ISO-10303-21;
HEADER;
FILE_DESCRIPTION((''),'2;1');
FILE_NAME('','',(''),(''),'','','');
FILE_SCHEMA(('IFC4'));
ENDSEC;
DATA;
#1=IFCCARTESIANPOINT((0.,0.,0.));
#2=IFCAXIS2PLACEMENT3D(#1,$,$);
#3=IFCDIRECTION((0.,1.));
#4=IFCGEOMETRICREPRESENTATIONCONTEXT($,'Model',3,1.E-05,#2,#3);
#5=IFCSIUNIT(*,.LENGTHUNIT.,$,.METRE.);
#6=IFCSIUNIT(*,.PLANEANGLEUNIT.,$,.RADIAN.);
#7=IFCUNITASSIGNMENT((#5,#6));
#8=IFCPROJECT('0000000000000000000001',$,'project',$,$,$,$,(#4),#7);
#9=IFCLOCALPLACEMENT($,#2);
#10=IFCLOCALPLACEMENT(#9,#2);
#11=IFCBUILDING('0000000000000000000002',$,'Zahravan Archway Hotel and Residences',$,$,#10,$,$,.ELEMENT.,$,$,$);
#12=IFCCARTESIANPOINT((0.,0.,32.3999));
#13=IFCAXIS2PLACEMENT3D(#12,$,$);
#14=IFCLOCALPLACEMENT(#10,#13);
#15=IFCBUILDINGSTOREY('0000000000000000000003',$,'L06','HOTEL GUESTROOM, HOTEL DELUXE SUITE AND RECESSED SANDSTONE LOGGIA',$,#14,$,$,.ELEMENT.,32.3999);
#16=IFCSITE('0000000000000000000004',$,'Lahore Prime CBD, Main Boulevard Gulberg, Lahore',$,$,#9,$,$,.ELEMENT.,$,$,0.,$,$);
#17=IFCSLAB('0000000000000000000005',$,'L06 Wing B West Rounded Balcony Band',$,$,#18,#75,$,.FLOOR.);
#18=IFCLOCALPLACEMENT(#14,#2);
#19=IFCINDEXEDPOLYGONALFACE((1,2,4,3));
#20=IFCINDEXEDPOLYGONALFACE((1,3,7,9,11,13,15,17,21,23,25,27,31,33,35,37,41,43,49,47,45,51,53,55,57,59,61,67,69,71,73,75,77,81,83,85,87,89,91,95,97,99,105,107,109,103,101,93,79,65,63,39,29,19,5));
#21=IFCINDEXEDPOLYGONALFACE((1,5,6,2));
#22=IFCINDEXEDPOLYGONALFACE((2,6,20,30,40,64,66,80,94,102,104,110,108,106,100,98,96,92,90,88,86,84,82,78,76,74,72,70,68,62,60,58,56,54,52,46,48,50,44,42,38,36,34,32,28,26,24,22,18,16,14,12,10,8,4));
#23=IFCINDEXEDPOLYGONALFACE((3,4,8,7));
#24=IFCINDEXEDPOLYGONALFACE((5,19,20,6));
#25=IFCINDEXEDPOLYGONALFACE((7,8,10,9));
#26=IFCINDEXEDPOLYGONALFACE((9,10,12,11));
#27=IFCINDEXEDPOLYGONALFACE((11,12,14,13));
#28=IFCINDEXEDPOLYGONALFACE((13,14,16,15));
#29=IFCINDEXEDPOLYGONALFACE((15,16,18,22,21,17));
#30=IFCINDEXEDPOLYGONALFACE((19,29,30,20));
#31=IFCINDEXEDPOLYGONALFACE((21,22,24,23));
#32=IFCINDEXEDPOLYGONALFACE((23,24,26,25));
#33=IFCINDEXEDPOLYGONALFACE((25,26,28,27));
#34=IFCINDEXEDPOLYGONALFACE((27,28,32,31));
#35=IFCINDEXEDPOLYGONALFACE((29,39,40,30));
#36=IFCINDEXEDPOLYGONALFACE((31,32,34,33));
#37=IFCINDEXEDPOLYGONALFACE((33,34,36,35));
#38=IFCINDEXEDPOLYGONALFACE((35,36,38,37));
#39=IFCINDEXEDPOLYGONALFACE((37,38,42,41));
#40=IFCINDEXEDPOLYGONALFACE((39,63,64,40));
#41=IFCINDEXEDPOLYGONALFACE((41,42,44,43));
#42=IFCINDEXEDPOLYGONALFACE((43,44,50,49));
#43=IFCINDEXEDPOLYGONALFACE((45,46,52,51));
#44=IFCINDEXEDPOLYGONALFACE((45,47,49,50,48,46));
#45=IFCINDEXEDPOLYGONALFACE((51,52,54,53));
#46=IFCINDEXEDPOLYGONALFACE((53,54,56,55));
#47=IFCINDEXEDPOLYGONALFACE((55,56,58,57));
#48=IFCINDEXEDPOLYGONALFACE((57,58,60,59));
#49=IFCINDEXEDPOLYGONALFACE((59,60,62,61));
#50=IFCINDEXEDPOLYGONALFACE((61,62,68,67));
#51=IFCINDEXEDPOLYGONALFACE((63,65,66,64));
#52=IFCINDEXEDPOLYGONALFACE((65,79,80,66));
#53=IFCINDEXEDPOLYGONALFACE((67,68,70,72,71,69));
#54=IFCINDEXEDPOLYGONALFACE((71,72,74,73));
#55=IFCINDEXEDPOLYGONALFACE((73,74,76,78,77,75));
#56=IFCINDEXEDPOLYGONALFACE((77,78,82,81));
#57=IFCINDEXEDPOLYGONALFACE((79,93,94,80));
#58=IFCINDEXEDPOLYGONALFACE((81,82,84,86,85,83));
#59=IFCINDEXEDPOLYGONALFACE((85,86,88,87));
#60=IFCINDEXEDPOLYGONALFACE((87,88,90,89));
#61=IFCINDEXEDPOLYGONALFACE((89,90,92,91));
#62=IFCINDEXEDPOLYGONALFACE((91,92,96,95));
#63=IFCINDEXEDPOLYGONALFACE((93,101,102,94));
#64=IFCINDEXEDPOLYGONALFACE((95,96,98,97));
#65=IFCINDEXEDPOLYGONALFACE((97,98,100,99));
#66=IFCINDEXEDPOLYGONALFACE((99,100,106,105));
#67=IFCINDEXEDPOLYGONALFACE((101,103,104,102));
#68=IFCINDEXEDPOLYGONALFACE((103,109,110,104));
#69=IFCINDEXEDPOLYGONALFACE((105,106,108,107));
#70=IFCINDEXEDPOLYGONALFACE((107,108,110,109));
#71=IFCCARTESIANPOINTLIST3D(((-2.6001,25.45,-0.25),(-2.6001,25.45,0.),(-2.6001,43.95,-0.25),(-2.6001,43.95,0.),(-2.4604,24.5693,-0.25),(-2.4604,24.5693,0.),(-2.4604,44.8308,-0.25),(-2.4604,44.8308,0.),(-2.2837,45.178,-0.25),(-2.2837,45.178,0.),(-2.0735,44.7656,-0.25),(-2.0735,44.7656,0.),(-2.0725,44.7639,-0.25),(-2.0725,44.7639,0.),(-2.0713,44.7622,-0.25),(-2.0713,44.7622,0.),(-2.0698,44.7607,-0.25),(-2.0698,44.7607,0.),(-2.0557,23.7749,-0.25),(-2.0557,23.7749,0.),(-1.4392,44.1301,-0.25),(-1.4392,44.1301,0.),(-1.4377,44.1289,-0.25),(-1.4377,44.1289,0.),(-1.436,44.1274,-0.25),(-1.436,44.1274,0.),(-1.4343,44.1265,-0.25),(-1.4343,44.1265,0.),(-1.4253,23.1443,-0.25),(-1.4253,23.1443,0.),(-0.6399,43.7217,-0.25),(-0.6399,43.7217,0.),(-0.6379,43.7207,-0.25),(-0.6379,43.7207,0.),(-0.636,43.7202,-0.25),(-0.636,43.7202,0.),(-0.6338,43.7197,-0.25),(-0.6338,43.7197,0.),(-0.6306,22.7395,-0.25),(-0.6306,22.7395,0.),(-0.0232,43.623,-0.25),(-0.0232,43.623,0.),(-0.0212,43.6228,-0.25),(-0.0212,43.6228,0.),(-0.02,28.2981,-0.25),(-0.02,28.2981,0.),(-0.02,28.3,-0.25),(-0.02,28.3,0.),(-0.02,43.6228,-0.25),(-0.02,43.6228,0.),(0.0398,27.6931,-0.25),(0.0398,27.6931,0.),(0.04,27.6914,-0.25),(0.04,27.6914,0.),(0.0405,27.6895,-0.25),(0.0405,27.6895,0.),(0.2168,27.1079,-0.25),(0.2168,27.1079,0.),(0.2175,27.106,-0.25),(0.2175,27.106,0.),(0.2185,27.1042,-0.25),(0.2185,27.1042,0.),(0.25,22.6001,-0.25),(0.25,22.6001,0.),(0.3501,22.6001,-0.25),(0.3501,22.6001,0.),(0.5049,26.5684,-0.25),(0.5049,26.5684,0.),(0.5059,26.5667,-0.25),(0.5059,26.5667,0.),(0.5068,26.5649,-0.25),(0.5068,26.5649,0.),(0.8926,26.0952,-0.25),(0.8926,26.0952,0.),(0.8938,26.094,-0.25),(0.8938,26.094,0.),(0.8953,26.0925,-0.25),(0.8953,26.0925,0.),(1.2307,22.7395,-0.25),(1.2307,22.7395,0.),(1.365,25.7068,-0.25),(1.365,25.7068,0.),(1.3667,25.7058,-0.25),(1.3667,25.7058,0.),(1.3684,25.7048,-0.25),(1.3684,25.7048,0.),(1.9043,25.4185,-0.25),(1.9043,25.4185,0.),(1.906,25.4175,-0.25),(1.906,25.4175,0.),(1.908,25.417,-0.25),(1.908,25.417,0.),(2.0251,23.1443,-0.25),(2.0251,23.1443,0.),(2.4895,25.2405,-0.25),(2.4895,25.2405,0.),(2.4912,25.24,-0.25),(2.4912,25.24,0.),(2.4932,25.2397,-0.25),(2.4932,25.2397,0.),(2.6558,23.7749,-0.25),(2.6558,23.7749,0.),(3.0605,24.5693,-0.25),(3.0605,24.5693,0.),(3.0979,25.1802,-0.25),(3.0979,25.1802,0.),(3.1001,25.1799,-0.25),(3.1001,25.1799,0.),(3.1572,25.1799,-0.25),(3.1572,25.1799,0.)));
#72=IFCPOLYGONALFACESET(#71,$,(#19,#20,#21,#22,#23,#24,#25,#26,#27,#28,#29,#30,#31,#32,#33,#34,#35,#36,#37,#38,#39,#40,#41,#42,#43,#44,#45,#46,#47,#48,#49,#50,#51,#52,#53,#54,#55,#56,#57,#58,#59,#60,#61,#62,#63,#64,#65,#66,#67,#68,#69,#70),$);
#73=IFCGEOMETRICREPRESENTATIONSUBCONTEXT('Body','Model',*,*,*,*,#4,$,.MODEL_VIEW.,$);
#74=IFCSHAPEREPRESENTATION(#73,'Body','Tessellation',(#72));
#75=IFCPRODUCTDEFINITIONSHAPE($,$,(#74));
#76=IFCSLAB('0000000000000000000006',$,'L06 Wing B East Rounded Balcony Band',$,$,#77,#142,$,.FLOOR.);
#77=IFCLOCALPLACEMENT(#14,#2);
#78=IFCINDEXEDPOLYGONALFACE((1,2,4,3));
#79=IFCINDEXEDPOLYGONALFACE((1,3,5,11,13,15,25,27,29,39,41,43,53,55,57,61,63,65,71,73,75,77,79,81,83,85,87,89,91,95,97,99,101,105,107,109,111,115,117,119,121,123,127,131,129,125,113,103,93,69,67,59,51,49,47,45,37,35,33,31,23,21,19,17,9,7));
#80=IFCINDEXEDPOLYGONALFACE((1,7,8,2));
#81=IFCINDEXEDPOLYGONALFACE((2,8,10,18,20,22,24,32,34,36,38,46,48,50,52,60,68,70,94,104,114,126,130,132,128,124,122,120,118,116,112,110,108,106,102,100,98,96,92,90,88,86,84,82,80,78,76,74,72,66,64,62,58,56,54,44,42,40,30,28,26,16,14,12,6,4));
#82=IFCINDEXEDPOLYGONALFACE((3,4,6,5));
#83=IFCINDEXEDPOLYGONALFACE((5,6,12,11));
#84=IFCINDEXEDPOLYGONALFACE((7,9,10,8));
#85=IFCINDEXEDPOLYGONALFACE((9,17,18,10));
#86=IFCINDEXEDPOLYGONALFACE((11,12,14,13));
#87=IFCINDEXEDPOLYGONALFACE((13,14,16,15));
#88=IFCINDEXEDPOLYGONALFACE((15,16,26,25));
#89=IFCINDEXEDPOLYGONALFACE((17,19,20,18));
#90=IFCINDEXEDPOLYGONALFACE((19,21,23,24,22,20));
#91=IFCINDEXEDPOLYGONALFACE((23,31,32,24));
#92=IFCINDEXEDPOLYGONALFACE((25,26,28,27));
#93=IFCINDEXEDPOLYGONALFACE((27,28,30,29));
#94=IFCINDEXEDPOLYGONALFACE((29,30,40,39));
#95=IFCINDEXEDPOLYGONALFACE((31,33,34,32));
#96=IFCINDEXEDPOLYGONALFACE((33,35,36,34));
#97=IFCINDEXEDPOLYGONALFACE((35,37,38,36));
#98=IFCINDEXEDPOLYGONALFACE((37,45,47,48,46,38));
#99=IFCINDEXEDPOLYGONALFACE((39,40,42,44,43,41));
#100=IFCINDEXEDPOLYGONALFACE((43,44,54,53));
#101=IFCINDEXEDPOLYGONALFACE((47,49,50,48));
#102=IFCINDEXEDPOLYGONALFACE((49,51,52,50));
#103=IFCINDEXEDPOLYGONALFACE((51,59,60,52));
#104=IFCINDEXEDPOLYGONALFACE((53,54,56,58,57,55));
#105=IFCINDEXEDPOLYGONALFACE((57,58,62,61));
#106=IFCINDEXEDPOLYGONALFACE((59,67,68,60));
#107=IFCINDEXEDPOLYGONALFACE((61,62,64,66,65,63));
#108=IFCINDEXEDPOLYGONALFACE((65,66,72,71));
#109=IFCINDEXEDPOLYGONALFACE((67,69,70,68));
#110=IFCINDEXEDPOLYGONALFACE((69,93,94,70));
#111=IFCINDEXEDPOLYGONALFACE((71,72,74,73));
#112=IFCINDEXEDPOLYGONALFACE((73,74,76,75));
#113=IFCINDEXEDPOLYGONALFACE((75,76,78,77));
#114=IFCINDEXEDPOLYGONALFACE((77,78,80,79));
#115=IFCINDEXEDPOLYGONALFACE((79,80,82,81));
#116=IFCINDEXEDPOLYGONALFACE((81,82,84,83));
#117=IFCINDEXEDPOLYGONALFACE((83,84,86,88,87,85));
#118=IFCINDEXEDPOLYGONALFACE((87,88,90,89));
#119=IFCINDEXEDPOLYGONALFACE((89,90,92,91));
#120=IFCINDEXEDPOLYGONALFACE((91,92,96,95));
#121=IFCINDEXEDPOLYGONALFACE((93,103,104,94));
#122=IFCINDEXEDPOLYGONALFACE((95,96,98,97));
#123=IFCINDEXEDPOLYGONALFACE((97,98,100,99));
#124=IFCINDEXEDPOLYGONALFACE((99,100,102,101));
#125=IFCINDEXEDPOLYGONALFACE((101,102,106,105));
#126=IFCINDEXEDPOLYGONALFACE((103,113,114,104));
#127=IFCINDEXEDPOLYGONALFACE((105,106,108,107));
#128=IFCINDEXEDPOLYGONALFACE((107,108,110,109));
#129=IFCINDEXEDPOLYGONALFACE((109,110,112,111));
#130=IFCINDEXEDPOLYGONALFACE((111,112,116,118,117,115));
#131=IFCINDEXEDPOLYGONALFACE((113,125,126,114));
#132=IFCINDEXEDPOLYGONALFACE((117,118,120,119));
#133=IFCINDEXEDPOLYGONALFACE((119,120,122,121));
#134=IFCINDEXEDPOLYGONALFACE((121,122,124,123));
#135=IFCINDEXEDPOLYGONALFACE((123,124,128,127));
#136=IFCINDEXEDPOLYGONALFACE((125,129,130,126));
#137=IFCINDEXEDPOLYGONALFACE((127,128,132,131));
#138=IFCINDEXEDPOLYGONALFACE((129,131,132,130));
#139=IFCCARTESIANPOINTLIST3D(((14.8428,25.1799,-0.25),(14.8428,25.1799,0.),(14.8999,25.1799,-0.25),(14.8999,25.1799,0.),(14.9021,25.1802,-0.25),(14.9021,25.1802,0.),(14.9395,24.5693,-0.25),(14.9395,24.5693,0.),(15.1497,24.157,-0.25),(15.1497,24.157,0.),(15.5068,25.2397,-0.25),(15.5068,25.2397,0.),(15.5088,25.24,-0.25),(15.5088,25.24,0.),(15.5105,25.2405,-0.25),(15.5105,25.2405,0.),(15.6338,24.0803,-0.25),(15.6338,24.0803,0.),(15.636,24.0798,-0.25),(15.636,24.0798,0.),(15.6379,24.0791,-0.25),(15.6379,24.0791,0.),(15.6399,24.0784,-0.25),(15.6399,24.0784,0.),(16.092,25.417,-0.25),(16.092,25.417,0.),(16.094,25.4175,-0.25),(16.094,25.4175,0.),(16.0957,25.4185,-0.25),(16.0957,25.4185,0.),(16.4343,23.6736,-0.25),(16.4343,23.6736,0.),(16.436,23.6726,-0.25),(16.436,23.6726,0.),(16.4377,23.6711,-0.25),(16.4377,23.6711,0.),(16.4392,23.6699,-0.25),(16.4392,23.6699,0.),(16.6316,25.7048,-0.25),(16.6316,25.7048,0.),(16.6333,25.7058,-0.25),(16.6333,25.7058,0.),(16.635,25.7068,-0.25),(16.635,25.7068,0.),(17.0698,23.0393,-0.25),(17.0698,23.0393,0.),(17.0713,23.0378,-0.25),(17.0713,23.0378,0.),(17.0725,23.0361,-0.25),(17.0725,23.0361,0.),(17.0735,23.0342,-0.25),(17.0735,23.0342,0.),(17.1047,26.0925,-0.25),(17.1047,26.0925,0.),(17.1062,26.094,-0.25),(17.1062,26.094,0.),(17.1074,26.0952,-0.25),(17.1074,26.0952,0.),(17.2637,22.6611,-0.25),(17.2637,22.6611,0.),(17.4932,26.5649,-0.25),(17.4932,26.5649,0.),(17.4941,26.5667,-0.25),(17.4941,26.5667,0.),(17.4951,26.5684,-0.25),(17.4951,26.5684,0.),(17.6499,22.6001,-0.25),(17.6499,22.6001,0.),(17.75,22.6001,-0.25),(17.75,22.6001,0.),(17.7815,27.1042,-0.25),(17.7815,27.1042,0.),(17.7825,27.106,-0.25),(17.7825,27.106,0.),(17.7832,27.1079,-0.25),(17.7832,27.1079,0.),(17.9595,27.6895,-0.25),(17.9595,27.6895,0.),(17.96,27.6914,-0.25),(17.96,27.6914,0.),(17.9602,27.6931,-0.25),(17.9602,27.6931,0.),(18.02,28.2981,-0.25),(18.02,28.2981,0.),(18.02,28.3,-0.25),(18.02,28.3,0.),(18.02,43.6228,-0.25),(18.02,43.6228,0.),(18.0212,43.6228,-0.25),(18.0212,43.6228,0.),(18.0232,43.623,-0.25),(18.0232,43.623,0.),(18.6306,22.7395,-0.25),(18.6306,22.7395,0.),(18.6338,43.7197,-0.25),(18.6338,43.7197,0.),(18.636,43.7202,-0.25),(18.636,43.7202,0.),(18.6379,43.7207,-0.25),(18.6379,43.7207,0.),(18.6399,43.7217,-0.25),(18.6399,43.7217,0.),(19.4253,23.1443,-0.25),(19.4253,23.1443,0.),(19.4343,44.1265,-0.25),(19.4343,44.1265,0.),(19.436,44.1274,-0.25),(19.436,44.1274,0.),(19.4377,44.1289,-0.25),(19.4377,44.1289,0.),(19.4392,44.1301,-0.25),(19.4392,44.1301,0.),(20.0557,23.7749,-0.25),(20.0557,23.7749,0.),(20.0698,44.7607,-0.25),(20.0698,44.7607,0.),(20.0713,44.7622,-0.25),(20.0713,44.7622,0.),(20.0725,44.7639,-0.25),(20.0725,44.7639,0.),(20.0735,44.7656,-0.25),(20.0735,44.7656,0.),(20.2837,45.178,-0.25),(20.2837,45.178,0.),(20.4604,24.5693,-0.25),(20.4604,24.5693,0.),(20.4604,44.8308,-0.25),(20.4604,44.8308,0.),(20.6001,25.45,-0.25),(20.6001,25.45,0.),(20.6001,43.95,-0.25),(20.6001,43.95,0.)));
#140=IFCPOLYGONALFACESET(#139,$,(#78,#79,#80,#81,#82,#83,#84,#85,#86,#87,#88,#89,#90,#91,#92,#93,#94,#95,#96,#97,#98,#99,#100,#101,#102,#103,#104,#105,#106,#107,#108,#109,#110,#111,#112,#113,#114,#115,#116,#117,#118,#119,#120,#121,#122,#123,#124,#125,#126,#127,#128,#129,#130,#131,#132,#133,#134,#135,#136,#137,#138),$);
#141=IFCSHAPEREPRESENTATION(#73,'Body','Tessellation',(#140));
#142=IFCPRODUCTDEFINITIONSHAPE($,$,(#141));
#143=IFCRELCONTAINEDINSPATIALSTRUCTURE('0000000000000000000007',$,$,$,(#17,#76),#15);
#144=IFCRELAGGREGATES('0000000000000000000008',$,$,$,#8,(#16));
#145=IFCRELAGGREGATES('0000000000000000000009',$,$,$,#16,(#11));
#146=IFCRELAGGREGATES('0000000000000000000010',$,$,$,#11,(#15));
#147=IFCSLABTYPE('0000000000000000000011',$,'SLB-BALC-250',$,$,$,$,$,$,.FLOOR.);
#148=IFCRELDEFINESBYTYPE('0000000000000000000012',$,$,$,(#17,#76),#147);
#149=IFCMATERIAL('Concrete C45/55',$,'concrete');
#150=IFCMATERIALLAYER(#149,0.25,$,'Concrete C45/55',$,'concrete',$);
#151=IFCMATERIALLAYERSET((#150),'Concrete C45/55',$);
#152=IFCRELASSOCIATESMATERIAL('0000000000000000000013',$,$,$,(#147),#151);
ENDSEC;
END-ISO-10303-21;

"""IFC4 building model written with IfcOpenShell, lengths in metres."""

from ifc_helpers import new_model, si_unit, direction, frame, origin, place, context, subcontext, project, spatial, polyline, outline, extrude, material, layer, layer_set, type_object, element, save


model = new_model("IFC4")

# Units and contexts
model_context = context("Model", 3, precision=1e-05, world=origin(), true_north=direction((0.0, 1.0)))
body_context = subcontext(model_context, "Body", "Model", "MODEL_VIEW")
ifc_project = project(units=[si_unit("LENGTHUNIT", "METRE"), si_unit("PLANEANGLEUNIT", "RADIAN")], contexts=[model_context])

# Site, building, storey
site_placement = place(None, origin())
site = spatial("IfcSite", under=ifc_project, at=site_placement, Name="Lahore Prime CBD, Main Boulevard Gulberg, Lahore", CompositionType="ELEMENT", RefElevation=0.0)
building_placement = place(site_placement, origin())
building = spatial("IfcBuilding", under=site, at=building_placement, Name="Zahravan Archway Hotel and Residences", CompositionType="ELEMENT")
storey_placement = place(building_placement, frame((0.0, 0.0, 32.3999)))
storey = spatial("IfcBuildingStorey", under=building, at=storey_placement, Name="L06", Description="HOTEL GUESTROOM, HOTEL DELUXE SUITE AND RECESSED SANDSTONE LOGGIA", CompositionType="ELEMENT", Elevation=32.3999)

# Slabs
ifc_material_1 = material(Name="Concrete C45/55", Category="concrete")
ifc_layer_1 = layer(ifc_material_1, 0.25, Name="Concrete C45/55", Category="concrete")
ifc_layer_set_1 = layer_set([ifc_layer_1], Name="Concrete C45/55")
slab_type_1 = type_object("IfcSlabType", Name="SLB-BALC-250", PredefinedType="FLOOR", material=ifc_layer_set_1)
slab_1_placement = place(storey_placement, frame((0.0, 0.0, -0.25)))
element("IfcSlab", 1, at=slab_1_placement, inside=storey, type_object=slab_type_1, Name="L06 Wing B West Rounded Balcony Band", PredefinedType="FLOOR", context=body_context, shape_type="SweptSolid", body=[
    extrude(outline(polyline([(3.0605, 24.5693), (2.6558, 23.7749), (2.0251, 23.1443), (1.2307, 22.7395), (0.3501, 22.6001), (0.25, 22.6001), (-0.6306, 22.7395), (-1.4253, 23.1443), (-2.0557, 23.7749), (-2.4604, 24.5693), (-2.6001, 25.45), (-2.6001, 43.95), (-2.4604, 44.8308), (-2.2837, 45.178), (-2.0735, 44.7656), (-2.0725, 44.7639), (-2.0713, 44.7622), (-2.0698, 44.7607), (-1.4392, 44.1301), (-1.4377, 44.1289), (-1.436, 44.1274), (-1.4343, 44.1265), (-0.6399, 43.7217), (-0.6379, 43.7207), (-0.636, 43.7202), (-0.6338, 43.7197), (-0.0232, 43.623), (-0.0212, 43.6228), (-0.02, 43.6228), (-0.02, 28.3), (-0.02, 28.2981), (0.0398, 27.6931), (0.04, 27.6914), (0.0405, 27.6895), (0.2168, 27.1079), (0.2175, 27.106), (0.2185, 27.1042), (0.5049, 26.5684), (0.5059, 26.5667), (0.5068, 26.5649), (0.8926, 26.0952), (0.8938, 26.094), (0.8953, 26.0925), (1.365, 25.7068), (1.3667, 25.7058), (1.3684, 25.7048), (1.9043, 25.4185), (1.906, 25.4175), (1.908, 25.417), (2.4895, 25.2405), (2.4912, 25.24), (2.4932, 25.2397), (3.0979, 25.1802), (3.1001, 25.1799), (3.1572, 25.1799), (3.0605, 24.5693)])), origin(), (0.0, 0.0, 1.0), 0.25),
])
slab_2_placement = place(storey_placement, frame((0.0, 0.0, -0.25)))
element("IfcSlab", 2, at=slab_2_placement, inside=storey, type_object=slab_type_1, Name="L06 Wing B East Rounded Balcony Band", PredefinedType="FLOOR", context=body_context, shape_type="SweptSolid", body=[
    extrude(outline(polyline([(20.4604, 44.8308), (20.6001, 43.95), (20.6001, 25.45), (20.4604, 24.5693), (20.0557, 23.7749), (19.4253, 23.1443), (18.6306, 22.7395), (17.75, 22.6001), (17.6499, 22.6001), (17.2637, 22.6611), (17.0735, 23.0342), (17.0725, 23.0361), (17.0713, 23.0378), (17.0698, 23.0393), (16.4392, 23.6699), (16.4377, 23.6711), (16.436, 23.6726), (16.4343, 23.6736), (15.6399, 24.0784), (15.6379, 24.0791), (15.636, 24.0798), (15.6338, 24.0803), (15.1497, 24.157), (14.9395, 24.5693), (14.8428, 25.1799), (14.8999, 25.1799), (14.9021, 25.1802), (15.5068, 25.2397), (15.5088, 25.24), (15.5105, 25.2405), (16.092, 25.417), (16.094, 25.4175), (16.0957, 25.4185), (16.6316, 25.7048), (16.6333, 25.7058), (16.635, 25.7068), (17.1047, 26.0925), (17.1062, 26.094), (17.1074, 26.0952), (17.4932, 26.5649), (17.4941, 26.5667), (17.4951, 26.5684), (17.7815, 27.1042), (17.7825, 27.106), (17.7832, 27.1079), (17.9595, 27.6895), (17.96, 27.6914), (17.9602, 27.6931), (18.02, 28.2981), (18.02, 28.3), (18.02, 43.6228), (18.0212, 43.6228), (18.0232, 43.623), (18.6338, 43.7197), (18.636, 43.7202), (18.6379, 43.7207), (18.6399, 43.7217), (19.4343, 44.1265), (19.436, 44.1274), (19.4377, 44.1289), (19.4392, 44.1301), (20.0698, 44.7607), (20.0713, 44.7622), (20.0725, 44.7639), (20.0735, 44.7656), (20.2837, 45.178), (20.4604, 44.8308)])), origin(), (0.0, 0.0, 1.0), 0.25),
])

save(model, "model.ifc")
